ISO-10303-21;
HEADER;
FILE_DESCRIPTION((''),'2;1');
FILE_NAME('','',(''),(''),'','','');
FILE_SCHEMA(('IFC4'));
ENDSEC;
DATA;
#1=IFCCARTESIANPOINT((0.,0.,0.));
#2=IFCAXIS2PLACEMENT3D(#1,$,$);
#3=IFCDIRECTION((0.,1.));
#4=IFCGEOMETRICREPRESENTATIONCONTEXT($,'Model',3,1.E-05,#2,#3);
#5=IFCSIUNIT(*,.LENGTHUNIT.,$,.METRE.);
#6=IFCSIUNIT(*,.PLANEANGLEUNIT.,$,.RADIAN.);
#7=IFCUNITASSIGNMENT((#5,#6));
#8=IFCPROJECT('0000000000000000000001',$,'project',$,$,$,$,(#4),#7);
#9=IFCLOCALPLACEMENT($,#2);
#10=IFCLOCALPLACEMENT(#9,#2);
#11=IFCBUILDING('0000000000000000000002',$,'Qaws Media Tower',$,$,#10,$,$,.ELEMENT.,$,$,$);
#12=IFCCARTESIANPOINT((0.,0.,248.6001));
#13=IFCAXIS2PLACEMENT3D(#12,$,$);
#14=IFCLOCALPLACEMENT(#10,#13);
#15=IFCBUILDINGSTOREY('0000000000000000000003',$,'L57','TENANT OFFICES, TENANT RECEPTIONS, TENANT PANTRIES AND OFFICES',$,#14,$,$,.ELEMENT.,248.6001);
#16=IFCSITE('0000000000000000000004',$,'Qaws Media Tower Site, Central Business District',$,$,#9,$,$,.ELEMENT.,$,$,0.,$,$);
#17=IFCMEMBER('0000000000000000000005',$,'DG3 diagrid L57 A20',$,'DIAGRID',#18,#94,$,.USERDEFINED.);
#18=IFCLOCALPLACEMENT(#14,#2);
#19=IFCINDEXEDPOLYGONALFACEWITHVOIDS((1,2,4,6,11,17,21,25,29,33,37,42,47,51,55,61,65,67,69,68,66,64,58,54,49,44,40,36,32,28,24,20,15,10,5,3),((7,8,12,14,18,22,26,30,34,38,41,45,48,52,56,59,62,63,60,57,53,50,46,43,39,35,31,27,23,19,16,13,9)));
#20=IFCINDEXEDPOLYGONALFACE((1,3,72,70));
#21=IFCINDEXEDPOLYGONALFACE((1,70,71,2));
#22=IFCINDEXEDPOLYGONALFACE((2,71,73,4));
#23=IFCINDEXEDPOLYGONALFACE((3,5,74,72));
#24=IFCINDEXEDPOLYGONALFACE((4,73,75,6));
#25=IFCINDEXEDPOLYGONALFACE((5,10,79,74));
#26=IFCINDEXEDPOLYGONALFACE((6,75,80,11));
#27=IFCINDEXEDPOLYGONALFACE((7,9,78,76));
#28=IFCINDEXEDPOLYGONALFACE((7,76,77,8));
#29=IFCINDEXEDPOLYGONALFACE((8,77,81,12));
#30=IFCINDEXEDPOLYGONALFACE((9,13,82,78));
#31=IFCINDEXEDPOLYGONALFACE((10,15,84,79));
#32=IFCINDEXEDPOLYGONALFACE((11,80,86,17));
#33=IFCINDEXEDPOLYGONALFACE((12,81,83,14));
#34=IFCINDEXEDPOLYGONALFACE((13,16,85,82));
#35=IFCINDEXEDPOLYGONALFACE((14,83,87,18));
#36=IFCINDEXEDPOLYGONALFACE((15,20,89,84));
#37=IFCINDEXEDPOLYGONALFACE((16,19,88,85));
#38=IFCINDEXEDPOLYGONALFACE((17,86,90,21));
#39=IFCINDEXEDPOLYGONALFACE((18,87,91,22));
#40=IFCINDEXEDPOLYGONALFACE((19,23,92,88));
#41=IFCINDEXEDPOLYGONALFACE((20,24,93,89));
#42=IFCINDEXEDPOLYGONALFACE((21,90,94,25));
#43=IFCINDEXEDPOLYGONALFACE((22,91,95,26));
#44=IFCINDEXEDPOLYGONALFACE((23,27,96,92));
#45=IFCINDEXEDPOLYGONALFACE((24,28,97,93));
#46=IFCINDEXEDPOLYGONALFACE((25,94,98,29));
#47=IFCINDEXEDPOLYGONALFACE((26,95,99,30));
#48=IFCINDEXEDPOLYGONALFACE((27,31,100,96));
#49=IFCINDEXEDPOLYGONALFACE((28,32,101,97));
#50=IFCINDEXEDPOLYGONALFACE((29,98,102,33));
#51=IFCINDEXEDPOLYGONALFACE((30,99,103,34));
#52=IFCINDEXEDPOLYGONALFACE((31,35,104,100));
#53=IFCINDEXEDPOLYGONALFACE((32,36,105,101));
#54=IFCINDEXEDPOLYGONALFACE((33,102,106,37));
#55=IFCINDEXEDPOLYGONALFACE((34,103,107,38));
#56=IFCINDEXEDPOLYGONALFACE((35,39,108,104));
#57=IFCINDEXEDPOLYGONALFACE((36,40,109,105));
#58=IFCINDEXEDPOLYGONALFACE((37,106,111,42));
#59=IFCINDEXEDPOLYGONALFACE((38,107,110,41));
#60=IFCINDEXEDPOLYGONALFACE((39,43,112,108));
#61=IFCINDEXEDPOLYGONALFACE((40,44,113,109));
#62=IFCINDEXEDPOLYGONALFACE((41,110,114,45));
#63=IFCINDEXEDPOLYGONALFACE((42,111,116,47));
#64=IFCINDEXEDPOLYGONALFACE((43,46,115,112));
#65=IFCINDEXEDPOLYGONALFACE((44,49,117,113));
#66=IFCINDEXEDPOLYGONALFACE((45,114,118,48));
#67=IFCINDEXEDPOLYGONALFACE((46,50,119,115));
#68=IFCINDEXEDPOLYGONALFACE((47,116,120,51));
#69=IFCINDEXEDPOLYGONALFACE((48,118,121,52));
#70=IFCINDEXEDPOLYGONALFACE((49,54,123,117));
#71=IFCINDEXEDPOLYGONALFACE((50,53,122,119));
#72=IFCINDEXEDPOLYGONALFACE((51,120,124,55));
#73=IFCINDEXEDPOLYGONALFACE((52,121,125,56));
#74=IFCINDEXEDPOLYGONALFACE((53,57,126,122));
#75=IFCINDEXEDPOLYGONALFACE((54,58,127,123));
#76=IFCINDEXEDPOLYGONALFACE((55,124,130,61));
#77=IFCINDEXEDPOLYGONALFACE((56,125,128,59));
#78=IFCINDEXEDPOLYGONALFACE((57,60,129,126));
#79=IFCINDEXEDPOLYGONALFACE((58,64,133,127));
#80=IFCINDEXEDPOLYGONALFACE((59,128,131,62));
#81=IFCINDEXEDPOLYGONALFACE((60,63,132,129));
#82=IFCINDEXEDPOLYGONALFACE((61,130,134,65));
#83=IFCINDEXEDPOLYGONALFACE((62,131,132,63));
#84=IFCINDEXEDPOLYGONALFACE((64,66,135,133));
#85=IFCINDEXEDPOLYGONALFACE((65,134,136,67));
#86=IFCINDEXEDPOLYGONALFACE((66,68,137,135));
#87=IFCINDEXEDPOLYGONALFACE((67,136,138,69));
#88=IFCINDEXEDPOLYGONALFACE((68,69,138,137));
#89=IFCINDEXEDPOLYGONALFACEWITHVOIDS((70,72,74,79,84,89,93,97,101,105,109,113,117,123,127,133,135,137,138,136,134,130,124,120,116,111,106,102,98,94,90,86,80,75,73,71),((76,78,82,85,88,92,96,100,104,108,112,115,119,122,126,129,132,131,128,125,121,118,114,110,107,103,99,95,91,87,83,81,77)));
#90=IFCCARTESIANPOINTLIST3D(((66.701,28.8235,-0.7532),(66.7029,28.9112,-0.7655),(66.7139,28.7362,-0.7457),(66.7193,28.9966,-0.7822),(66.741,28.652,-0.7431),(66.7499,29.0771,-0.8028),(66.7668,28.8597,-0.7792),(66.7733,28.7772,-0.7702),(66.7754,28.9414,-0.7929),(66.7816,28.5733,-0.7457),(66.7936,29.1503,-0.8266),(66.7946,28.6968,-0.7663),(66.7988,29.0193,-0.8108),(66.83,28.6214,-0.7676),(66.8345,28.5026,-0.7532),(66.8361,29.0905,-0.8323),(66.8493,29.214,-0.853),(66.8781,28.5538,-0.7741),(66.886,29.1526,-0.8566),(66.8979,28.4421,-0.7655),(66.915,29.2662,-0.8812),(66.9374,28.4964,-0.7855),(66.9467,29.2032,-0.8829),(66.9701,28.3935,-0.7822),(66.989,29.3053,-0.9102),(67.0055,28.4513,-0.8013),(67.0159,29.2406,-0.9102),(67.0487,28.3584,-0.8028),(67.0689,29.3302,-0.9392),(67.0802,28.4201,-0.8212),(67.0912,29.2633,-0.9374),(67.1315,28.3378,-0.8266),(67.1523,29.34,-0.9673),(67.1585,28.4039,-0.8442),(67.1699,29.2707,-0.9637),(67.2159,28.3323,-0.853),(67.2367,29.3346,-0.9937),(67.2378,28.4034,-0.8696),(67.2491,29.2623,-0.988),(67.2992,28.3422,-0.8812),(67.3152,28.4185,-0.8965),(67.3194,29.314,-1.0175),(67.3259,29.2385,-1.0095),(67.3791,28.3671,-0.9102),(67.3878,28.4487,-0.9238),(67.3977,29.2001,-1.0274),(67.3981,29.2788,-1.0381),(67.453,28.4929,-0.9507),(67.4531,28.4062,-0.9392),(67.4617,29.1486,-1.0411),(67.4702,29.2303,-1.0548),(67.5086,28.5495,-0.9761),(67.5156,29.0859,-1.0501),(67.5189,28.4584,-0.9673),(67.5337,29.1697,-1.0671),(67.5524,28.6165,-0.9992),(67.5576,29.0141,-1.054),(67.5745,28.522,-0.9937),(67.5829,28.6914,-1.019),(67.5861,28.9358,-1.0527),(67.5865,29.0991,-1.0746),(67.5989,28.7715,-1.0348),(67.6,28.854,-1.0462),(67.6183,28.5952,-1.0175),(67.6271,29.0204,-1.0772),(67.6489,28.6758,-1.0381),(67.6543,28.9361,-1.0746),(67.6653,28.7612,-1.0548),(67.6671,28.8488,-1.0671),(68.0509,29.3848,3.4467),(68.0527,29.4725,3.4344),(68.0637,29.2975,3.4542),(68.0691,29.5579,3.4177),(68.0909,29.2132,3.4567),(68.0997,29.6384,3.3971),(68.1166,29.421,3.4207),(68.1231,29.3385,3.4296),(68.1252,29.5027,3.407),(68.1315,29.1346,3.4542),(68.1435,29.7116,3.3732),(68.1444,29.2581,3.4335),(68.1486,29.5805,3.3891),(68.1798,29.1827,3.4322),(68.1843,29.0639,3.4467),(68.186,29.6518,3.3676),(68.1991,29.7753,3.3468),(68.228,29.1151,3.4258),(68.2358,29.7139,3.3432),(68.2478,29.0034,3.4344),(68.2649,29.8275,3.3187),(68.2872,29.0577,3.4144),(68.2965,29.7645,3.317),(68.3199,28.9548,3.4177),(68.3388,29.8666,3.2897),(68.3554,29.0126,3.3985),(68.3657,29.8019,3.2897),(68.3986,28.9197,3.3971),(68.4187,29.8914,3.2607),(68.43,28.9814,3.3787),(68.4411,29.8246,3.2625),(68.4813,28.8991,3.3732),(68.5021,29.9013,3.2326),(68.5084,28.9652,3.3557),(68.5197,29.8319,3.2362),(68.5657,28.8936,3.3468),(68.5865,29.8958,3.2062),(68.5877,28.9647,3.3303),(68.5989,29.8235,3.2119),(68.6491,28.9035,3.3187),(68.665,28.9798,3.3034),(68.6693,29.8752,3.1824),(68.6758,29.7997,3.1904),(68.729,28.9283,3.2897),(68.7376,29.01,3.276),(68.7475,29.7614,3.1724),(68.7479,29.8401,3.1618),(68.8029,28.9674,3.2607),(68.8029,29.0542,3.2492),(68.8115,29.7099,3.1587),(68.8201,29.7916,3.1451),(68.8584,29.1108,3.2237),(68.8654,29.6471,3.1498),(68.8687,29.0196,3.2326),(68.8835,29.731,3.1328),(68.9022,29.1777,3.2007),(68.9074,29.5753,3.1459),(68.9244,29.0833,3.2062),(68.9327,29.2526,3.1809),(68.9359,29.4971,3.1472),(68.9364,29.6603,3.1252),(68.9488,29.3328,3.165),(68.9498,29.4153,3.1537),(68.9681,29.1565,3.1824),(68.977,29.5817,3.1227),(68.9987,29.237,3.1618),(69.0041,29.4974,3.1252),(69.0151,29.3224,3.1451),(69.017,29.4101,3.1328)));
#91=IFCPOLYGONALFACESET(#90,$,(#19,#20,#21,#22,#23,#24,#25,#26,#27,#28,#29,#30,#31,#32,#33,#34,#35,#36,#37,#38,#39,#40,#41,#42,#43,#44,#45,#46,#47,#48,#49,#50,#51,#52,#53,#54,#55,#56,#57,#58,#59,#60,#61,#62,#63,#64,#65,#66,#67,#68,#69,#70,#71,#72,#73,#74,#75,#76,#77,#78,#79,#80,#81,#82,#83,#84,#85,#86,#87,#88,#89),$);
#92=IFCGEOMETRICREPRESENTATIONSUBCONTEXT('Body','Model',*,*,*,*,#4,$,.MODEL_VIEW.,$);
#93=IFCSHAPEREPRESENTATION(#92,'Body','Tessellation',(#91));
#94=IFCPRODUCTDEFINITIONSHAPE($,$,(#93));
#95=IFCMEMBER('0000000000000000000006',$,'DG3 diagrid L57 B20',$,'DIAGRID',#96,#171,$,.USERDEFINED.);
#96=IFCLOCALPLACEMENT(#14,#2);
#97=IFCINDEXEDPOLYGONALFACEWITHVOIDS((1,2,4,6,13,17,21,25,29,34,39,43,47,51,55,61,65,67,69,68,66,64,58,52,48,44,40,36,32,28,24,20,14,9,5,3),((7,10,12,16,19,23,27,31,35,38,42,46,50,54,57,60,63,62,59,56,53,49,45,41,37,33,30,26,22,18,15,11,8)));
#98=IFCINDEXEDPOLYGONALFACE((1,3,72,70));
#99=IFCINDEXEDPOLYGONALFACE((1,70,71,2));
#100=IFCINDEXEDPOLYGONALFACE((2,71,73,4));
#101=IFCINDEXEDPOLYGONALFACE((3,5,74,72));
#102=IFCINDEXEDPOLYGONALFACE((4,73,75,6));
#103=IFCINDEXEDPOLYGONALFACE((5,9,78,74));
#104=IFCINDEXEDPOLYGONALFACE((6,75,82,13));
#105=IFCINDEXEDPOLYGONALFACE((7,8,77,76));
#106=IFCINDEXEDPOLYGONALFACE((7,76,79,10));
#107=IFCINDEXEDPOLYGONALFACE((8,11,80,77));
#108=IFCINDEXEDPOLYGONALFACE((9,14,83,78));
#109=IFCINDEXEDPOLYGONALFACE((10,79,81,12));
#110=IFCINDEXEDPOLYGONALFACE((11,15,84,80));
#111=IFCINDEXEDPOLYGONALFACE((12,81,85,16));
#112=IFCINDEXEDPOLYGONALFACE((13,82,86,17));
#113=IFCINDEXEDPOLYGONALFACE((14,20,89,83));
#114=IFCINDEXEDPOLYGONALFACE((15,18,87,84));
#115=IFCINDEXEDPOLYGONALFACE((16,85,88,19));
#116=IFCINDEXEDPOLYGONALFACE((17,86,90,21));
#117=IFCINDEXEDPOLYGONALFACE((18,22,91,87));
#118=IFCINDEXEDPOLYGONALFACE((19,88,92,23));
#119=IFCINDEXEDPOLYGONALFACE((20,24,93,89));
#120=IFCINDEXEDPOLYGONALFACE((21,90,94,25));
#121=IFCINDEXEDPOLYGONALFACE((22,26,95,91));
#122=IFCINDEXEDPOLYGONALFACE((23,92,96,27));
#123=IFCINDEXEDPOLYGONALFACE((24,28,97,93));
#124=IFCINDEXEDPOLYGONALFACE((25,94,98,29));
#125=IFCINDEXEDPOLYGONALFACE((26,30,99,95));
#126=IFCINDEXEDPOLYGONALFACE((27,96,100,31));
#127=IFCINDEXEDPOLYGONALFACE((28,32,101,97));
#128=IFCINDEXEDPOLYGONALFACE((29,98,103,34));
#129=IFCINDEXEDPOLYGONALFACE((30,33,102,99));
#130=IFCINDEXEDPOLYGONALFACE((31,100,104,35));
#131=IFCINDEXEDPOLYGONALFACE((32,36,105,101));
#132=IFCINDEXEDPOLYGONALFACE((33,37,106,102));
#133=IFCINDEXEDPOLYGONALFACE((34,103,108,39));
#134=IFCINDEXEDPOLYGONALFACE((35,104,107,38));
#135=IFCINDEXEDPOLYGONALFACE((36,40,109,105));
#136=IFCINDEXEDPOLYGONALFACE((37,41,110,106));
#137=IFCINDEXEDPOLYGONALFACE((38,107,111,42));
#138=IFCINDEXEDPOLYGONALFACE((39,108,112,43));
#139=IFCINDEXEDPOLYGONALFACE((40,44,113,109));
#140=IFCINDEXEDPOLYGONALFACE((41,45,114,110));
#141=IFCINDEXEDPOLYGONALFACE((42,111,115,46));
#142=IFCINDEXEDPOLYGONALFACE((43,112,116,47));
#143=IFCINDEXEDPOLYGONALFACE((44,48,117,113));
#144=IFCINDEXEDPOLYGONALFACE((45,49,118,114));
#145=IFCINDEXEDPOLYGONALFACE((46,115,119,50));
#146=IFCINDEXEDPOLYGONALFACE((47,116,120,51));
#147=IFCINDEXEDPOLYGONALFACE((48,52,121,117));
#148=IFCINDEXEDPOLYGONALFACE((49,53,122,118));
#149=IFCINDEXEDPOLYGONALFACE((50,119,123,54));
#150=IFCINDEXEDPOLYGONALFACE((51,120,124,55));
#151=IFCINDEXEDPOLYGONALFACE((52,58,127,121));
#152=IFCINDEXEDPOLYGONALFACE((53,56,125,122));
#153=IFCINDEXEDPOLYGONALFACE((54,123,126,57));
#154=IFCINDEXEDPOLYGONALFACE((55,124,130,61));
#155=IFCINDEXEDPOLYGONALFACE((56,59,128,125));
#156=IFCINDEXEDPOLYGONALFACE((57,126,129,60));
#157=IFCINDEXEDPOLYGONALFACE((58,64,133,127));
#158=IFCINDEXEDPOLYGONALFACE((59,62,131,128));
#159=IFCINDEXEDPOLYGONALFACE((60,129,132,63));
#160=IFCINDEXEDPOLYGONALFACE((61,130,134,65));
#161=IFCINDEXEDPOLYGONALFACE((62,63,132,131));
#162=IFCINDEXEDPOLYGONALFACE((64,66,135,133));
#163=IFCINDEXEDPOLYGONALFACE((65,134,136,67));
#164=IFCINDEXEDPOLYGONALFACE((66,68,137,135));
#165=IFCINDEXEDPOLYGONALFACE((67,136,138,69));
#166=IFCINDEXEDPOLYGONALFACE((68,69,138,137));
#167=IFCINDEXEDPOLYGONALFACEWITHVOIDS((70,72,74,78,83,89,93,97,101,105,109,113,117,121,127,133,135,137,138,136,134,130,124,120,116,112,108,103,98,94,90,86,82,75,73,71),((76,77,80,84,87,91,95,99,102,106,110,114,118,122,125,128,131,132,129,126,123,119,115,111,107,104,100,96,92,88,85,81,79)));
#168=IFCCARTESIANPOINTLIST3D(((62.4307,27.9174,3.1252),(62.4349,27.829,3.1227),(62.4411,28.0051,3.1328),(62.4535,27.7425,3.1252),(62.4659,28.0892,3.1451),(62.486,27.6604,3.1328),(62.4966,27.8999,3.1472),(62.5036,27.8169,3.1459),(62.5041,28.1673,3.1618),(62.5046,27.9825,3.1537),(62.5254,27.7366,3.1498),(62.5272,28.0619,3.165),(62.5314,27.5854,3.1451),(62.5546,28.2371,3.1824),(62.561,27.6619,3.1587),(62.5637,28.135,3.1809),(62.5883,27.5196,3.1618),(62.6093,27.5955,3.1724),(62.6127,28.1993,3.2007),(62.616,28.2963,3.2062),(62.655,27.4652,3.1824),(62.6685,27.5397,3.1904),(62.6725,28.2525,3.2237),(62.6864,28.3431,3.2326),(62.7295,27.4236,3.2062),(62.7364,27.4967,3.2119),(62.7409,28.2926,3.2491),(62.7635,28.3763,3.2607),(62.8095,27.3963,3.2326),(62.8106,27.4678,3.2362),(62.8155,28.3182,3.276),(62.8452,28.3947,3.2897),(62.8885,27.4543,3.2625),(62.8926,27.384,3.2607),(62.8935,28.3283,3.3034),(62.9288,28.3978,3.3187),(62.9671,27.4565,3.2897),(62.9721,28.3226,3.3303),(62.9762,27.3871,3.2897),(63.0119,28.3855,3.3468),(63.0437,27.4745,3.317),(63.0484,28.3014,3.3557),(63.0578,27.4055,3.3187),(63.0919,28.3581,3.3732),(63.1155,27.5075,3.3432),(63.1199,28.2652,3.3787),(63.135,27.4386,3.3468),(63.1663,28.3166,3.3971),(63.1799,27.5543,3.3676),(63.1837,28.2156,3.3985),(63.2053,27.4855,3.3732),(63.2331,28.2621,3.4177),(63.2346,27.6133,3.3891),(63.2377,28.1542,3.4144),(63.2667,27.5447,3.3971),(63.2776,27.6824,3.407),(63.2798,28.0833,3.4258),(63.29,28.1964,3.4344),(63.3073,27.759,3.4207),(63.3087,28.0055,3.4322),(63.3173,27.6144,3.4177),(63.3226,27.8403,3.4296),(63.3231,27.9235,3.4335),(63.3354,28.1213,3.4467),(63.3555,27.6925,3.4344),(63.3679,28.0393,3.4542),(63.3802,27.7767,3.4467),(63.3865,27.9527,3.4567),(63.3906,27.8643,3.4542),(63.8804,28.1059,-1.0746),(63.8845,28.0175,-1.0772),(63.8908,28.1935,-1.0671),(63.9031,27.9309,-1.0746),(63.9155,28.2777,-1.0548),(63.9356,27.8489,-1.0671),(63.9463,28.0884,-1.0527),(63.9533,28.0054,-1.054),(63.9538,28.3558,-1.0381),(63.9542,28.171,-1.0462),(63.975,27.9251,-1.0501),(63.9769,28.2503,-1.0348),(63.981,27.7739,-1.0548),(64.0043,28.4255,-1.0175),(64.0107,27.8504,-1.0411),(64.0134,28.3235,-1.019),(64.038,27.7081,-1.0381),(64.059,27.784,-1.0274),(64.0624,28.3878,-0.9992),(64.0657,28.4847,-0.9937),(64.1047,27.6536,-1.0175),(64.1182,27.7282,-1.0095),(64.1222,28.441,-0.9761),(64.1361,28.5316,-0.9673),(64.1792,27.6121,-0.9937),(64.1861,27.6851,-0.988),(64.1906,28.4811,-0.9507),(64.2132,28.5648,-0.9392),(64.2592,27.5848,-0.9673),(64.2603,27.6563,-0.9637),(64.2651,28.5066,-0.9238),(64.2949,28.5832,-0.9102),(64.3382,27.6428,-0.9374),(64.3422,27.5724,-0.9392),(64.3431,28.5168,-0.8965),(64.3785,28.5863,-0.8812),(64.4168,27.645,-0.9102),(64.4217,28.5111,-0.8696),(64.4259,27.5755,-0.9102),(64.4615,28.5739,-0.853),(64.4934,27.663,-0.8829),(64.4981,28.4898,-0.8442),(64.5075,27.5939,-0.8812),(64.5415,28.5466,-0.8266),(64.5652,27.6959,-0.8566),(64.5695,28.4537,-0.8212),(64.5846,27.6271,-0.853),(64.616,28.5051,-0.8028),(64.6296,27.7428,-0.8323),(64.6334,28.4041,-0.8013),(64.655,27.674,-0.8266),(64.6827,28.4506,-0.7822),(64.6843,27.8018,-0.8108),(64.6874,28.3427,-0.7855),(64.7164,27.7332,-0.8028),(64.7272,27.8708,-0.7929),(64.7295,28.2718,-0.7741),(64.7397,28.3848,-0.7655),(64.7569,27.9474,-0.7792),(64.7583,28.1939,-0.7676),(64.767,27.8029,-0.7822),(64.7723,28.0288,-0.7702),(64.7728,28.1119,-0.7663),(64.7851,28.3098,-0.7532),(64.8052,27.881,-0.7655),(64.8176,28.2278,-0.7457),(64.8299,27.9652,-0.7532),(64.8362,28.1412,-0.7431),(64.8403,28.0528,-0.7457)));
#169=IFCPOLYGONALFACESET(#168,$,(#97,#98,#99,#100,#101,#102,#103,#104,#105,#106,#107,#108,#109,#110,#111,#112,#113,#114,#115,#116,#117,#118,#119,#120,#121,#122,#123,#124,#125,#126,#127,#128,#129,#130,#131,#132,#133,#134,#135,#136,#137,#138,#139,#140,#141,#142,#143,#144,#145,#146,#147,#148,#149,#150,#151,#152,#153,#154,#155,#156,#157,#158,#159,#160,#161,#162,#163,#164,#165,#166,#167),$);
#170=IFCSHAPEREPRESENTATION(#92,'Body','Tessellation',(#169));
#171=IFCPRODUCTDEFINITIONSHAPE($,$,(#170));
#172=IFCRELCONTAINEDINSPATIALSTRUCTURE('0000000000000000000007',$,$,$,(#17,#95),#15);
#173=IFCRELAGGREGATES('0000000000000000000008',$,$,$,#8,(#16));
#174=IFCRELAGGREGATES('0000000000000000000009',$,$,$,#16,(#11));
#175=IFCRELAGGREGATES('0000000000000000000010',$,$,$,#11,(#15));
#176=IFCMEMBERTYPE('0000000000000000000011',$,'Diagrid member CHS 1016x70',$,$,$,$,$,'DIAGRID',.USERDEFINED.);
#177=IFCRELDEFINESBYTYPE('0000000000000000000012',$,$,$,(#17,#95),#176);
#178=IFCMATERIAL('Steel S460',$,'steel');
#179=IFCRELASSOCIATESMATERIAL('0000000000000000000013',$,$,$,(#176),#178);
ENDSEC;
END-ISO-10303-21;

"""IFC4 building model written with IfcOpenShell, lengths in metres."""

from ifc_helpers import new_model, si_unit, direction, frame, origin, origin_2d, place, context, subcontext, project, spatial, hollow_circle, extrude, material, material_profile, profile_set, type_object, element, save


model = new_model("IFC4")

# Units and contexts
model_context = context("Model", 3, precision=1e-05, world=origin(), true_north=direction((0.0, 1.0)))
body_context = subcontext(model_context, "Body", "Model", "MODEL_VIEW")
ifc_project = project(units=[si_unit("LENGTHUNIT", "METRE"), si_unit("PLANEANGLEUNIT", "RADIAN")], contexts=[model_context])

# Site, building, storey
site_placement = place(None, origin())
site = spatial("IfcSite", under=ifc_project, at=site_placement, Name="Qaws Media Tower Site, Central Business District", CompositionType="ELEMENT", RefElevation=0.0)
building_placement = place(site_placement, origin())
building = spatial("IfcBuilding", under=site, at=building_placement, Name="Qaws Media Tower", CompositionType="ELEMENT")
storey_placement = place(building_placement, frame((0.0, 0.0, 248.6001)))
storey = spatial("IfcBuildingStorey", under=building, at=storey_placement, Name="L57", Description="TENANT OFFICES, TENANT RECEPTIONS, TENANT PANTRIES AND OFFICES", CompositionType="ELEMENT", Elevation=248.6001)

# Members
ifc_material_1 = material(Name="Steel S460", Category="steel")
ifc_material_profile_1 = material_profile(ifc_material_1, hollow_circle(Radius=0.5081, WallThickness=0.0701, at=origin_2d()), Name="CHS 1016x70")
ifc_profile_set_1 = profile_set([ifc_material_profile_1], Name="Steel S460")
member_type_1 = type_object("IfcMemberType", Name="Diagrid member CHS 1016x70", ElementType="DIAGRID", PredefinedType="USERDEFINED", material=ifc_profile_set_1)
for number, where, z_axis, x_axis, name in (
    (1, (67.1841, 28.8362, -0.9102), (0.303535, 0.126212, 0.944424), (-0.383939, 0.923358, 0.0), "DG3 diagrid L57 A20"),
    (2, (64.3604, 28.0793, -0.9102), (-0.325989, -0.042382, 0.944423), (0.128925, -0.991654, 0.0), "DG3 diagrid L57 B20"),
):
    element("IfcMember", number, at=place(storey_placement, frame(where, z_axis=z_axis, x_axis=x_axis)), inside=storey, type_object=member_type_1, Name=name, ObjectType="DIAGRID", PredefinedType="USERDEFINED", context=body_context, shape_type="SweptSolid", body=[
        extrude(hollow_circle(Radius=0.5081, WallThickness=0.0701, at=origin_2d()), origin(), (0.0, 0.0, 1.0), 4.447),
    ])

save(model, "model.ifc")
